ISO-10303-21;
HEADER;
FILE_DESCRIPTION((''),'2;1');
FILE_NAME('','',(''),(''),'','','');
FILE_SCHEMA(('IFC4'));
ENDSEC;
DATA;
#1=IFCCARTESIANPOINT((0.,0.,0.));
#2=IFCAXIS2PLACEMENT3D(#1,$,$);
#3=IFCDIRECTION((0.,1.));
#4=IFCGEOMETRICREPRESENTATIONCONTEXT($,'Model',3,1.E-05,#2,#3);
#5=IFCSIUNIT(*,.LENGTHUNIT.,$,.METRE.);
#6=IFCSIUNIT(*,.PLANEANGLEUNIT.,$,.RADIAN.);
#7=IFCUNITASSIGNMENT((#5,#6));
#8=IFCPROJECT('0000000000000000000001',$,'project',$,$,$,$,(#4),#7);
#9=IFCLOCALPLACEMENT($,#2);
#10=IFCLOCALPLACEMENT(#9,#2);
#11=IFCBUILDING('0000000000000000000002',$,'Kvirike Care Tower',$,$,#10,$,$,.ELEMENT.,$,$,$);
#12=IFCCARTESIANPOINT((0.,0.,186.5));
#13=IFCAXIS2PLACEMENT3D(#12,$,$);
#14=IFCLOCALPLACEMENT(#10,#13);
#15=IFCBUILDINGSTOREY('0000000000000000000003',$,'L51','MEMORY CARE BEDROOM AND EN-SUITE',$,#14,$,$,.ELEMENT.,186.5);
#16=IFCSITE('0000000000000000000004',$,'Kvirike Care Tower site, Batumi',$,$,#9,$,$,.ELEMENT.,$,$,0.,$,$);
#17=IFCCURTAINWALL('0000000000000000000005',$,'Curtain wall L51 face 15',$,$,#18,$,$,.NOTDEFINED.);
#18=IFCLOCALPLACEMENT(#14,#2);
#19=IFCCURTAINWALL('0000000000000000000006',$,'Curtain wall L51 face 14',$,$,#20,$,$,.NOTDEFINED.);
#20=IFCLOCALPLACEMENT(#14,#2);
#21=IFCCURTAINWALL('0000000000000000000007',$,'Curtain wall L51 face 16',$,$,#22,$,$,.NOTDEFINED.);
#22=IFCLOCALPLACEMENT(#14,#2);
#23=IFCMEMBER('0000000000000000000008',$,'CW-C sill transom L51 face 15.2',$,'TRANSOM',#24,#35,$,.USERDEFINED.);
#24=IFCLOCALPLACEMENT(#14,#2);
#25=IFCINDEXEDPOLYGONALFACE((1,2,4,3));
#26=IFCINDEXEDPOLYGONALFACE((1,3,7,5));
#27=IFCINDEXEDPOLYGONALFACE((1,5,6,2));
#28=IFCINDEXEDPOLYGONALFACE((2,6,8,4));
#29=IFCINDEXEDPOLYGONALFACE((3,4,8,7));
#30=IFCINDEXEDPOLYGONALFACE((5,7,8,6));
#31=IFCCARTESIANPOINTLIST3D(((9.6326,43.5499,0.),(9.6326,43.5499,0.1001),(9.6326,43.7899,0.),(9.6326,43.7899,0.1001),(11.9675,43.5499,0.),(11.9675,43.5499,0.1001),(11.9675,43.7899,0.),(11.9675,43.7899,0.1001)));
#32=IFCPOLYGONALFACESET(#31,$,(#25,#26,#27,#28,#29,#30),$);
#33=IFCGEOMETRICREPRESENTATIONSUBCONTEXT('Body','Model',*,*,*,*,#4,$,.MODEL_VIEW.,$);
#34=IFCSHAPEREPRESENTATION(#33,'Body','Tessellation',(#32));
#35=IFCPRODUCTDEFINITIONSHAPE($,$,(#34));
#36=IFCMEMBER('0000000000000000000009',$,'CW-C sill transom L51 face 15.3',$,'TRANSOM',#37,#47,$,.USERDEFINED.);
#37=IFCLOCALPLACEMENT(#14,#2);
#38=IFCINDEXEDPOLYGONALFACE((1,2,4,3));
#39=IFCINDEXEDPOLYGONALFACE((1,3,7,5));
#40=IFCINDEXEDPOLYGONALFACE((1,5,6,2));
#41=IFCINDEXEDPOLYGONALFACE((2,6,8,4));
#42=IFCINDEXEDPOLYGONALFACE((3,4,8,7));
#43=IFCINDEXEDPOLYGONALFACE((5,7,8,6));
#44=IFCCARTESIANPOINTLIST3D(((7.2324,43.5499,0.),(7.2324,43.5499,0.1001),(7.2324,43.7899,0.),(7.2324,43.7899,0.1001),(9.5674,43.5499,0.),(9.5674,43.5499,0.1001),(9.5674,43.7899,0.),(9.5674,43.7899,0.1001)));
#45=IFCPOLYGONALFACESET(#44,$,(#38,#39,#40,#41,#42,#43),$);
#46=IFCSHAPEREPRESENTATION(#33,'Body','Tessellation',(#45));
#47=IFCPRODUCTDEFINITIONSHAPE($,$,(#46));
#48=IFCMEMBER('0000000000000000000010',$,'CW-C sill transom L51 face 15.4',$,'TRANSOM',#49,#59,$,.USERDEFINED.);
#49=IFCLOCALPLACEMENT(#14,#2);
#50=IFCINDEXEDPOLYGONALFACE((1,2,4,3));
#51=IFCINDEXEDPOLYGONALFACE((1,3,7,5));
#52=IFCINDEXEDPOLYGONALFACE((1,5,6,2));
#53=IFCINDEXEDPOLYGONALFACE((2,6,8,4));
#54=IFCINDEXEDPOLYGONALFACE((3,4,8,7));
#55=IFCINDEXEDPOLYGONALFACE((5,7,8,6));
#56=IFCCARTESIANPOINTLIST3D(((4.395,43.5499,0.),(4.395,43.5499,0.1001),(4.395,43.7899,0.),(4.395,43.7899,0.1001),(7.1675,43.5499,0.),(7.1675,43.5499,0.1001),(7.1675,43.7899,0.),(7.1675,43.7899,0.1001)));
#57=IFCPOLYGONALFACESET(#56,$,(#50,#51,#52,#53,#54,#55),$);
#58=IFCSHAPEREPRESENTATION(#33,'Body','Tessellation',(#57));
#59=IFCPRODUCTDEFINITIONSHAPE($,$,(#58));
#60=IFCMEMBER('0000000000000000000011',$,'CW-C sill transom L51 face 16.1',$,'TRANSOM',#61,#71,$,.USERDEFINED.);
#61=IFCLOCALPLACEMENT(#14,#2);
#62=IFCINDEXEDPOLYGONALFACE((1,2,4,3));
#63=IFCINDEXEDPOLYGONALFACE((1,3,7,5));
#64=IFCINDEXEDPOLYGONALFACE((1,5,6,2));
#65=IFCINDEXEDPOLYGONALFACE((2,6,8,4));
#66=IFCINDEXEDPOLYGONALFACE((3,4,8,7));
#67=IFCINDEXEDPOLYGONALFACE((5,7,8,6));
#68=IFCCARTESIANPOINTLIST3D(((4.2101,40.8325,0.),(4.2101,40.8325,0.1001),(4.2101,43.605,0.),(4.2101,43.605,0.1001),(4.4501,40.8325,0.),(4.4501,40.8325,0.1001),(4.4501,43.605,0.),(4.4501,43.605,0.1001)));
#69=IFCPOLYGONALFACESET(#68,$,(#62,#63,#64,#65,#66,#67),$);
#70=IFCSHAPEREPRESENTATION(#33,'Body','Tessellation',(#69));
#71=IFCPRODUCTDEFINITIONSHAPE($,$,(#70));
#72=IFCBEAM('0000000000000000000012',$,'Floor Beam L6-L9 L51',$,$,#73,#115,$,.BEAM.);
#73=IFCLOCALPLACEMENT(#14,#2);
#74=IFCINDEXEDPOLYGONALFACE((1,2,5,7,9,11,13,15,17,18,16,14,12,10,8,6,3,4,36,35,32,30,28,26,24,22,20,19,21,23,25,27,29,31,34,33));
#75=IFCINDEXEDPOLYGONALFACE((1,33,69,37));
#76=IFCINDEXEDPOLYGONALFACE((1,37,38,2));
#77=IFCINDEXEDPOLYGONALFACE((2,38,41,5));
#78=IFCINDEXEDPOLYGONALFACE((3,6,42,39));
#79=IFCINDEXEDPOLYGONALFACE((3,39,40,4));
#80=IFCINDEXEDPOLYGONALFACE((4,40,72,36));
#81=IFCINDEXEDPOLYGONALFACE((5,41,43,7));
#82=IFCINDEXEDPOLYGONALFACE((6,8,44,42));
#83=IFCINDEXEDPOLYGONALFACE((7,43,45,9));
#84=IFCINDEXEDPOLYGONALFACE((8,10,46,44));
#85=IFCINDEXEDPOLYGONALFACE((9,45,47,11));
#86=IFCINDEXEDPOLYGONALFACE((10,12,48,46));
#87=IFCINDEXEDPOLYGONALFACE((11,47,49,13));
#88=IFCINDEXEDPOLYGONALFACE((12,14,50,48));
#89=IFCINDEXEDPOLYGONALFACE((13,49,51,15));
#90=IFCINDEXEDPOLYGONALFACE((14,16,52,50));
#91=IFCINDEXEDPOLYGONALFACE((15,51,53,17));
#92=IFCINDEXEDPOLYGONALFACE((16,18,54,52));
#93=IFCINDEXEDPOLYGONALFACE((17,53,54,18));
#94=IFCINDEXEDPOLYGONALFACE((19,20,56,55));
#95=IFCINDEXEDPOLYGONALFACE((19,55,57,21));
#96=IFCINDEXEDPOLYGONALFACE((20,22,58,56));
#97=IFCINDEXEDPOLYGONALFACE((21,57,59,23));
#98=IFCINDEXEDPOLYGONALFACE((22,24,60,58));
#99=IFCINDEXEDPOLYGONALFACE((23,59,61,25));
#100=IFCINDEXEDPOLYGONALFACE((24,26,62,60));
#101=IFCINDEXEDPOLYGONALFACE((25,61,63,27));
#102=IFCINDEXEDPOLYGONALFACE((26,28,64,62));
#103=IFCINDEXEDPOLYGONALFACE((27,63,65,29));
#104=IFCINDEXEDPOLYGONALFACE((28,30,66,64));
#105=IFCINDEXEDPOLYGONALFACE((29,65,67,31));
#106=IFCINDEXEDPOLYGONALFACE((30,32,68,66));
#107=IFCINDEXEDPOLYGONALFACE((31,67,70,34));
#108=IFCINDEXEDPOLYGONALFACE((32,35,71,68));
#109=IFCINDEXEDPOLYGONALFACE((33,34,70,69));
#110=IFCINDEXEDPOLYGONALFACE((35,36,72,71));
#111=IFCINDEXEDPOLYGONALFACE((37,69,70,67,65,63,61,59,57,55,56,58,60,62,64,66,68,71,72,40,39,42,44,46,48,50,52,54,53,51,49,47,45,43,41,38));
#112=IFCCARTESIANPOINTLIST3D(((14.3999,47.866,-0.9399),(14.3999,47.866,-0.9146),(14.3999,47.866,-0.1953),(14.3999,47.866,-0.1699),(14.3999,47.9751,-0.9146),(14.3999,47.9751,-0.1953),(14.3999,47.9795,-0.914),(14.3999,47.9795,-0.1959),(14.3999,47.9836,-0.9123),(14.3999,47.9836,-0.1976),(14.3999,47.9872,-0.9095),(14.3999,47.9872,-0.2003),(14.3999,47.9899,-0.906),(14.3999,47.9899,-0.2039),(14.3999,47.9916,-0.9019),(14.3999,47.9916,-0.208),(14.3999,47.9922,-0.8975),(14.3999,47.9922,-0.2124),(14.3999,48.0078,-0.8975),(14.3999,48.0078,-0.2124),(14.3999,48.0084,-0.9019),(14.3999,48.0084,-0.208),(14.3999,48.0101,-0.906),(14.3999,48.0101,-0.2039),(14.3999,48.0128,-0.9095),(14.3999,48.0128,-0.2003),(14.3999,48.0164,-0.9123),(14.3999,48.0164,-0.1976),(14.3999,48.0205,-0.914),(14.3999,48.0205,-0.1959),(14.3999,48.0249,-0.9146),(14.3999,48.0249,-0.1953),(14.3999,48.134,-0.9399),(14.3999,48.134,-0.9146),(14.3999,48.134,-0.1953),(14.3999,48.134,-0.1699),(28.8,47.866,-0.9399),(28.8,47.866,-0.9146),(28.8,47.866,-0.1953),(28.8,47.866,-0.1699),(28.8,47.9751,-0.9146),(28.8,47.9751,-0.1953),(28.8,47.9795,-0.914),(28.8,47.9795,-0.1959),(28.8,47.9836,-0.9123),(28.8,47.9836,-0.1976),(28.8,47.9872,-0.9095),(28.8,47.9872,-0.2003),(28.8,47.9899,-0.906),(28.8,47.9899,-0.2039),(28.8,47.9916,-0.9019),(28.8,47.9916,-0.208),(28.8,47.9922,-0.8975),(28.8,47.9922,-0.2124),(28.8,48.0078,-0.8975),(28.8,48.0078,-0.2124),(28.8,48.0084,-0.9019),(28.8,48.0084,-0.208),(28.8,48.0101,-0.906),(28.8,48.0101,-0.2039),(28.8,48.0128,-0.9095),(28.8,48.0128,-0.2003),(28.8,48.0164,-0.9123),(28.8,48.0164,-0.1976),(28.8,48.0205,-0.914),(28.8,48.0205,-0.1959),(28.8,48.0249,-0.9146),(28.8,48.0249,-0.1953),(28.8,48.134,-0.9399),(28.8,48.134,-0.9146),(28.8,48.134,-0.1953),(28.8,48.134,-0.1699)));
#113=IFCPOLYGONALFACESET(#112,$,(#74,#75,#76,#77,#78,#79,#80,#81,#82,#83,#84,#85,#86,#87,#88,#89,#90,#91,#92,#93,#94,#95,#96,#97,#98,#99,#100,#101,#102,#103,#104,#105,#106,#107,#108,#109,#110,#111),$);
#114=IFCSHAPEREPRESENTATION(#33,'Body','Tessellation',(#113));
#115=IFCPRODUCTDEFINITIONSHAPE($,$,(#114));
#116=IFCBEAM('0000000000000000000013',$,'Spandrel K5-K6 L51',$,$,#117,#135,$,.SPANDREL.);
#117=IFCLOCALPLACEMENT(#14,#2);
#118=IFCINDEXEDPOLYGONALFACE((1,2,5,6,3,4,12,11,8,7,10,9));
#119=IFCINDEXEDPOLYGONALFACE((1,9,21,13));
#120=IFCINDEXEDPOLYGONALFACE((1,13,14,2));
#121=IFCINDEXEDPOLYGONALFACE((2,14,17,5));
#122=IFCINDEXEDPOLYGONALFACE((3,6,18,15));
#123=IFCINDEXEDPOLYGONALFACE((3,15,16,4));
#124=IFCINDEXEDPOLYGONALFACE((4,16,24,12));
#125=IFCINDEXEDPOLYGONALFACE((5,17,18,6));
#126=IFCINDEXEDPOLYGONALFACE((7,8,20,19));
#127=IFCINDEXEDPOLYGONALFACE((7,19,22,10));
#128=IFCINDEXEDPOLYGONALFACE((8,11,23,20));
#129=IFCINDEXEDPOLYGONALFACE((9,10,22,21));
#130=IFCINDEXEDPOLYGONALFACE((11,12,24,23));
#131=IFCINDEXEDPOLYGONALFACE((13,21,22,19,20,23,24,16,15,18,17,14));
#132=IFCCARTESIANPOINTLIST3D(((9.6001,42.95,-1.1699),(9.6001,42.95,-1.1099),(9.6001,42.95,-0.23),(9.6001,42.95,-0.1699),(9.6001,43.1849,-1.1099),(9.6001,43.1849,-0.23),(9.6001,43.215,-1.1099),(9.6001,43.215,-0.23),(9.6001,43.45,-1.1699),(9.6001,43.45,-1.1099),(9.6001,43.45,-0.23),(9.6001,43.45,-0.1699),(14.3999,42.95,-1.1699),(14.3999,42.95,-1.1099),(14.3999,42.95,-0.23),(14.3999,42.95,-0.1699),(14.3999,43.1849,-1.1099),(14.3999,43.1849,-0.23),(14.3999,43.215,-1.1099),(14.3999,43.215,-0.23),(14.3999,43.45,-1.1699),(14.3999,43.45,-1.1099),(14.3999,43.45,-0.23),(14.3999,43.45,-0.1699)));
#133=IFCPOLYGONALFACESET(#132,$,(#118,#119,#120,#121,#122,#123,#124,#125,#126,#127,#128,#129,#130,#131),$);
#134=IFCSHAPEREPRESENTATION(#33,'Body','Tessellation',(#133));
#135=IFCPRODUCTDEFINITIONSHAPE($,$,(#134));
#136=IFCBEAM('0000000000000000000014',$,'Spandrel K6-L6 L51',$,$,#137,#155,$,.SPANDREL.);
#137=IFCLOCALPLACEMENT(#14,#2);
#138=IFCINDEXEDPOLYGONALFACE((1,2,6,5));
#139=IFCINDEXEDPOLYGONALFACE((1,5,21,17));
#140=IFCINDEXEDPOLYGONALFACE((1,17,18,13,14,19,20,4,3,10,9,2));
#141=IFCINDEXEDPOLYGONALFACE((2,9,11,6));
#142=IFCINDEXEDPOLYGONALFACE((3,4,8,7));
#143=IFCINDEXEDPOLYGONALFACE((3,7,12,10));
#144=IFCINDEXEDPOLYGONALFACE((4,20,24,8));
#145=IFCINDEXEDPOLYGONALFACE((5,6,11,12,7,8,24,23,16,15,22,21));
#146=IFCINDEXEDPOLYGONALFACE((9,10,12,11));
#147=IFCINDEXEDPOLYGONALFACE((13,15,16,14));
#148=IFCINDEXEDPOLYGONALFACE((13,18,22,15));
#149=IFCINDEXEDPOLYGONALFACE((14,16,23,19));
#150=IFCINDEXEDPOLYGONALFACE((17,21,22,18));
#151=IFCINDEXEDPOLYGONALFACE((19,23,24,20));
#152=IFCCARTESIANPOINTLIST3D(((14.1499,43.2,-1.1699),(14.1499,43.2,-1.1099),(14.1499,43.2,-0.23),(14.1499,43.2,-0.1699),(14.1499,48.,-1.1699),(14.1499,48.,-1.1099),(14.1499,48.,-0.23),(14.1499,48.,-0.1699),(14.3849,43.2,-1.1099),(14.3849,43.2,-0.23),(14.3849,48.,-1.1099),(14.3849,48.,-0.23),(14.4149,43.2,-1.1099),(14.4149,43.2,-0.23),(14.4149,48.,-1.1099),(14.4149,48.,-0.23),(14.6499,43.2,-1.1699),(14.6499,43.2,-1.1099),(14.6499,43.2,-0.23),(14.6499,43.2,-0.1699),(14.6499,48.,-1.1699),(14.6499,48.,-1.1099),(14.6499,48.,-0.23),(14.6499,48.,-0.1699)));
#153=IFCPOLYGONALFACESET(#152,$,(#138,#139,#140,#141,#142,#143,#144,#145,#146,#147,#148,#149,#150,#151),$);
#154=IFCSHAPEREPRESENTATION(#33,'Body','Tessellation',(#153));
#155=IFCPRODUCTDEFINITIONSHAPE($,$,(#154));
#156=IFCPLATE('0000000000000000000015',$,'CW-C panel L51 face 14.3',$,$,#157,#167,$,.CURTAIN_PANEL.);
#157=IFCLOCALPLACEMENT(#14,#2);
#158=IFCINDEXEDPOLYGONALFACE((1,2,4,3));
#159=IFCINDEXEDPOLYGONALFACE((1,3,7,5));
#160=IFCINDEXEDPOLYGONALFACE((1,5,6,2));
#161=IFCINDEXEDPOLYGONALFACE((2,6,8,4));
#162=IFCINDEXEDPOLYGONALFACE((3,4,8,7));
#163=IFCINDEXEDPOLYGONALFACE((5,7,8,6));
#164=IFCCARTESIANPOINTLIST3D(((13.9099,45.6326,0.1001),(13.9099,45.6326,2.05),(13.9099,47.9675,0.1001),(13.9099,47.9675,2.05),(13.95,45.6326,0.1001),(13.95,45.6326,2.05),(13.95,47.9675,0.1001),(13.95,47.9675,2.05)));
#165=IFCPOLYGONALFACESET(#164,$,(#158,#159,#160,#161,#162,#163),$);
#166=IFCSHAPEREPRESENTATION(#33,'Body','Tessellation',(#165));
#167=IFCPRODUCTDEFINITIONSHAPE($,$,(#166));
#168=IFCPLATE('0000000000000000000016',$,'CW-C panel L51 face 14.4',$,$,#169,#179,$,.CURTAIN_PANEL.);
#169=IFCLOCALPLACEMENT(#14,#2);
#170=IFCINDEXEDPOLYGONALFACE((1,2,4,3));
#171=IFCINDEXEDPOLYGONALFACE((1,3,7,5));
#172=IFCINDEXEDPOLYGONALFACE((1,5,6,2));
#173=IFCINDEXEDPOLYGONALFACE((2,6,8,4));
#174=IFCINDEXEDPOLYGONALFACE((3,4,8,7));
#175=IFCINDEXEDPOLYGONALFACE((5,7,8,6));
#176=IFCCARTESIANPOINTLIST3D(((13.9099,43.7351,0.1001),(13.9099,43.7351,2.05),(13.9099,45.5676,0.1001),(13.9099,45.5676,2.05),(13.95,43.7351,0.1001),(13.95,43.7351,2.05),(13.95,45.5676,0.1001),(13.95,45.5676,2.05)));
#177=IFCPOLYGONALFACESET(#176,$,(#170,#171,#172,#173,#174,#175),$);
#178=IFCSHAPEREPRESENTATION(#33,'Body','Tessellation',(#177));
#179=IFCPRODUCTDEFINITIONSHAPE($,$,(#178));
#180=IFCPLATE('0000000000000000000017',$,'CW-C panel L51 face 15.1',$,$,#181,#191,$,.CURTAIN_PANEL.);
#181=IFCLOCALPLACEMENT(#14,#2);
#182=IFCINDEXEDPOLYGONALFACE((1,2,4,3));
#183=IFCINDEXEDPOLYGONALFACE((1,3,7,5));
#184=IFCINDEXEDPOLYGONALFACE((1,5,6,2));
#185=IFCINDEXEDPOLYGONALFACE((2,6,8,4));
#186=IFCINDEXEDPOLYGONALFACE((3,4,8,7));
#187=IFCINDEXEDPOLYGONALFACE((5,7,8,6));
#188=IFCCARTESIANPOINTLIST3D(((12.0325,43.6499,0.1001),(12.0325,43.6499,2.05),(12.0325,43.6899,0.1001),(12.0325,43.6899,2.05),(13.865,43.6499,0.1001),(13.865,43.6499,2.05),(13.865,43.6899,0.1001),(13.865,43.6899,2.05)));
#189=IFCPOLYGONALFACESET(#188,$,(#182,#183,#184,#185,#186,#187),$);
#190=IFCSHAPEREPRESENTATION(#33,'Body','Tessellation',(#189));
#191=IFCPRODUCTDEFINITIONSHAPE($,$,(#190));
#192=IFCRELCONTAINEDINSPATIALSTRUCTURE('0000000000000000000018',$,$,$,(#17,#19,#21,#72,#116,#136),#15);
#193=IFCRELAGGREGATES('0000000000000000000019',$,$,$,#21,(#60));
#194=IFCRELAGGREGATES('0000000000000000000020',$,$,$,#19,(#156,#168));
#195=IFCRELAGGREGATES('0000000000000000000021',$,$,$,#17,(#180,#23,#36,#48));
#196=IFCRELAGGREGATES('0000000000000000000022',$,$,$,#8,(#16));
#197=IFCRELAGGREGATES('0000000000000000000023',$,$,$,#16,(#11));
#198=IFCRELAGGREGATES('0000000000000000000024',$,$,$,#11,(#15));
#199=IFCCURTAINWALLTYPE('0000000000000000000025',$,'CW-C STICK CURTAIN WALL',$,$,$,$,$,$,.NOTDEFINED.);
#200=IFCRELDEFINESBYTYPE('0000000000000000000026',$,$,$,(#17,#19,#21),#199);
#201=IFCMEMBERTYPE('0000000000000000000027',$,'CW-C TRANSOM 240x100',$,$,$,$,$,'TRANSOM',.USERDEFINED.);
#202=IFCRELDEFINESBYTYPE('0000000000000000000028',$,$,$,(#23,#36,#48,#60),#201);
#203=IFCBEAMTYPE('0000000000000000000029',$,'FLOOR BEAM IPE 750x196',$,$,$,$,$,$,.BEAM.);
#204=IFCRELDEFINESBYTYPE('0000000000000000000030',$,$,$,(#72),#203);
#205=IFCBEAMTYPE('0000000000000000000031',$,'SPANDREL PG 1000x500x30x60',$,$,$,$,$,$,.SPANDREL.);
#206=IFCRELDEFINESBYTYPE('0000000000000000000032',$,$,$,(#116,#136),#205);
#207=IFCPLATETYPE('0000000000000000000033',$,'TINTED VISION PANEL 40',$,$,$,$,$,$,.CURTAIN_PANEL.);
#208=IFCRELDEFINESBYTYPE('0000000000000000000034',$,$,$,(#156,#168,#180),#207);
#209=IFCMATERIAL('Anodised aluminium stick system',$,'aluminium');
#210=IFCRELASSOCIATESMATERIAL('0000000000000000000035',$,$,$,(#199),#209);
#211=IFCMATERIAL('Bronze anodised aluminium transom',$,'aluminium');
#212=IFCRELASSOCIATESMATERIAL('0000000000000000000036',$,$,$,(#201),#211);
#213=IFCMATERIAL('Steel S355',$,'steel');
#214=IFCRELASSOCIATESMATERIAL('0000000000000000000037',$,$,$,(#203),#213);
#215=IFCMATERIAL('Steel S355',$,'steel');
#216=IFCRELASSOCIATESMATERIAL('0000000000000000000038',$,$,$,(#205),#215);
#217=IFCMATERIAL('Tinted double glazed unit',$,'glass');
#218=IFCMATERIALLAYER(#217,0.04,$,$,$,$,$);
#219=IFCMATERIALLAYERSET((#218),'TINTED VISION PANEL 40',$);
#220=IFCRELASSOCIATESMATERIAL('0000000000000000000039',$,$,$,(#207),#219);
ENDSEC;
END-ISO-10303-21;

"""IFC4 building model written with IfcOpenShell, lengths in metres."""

from ifc_helpers import new_model, si_unit, direction, frame, origin, origin_2d, place, context, subcontext, project, spatial, rectangle, i_section, extrude, material, layer, layer_set, material_profile, profile_set, type_object, element, aggregate, save


model = new_model("IFC4")

# Units and contexts
model_context = context("Model", 3, precision=1e-05, world=origin(), true_north=direction((0.0, 1.0)))
body_context = subcontext(model_context, "Body", "Model", "MODEL_VIEW")
ifc_project = project(units=[si_unit("LENGTHUNIT", "METRE"), si_unit("PLANEANGLEUNIT", "RADIAN")], contexts=[model_context])

# Site, building, storey
site_placement = place(None, origin())
site = spatial("IfcSite", under=ifc_project, at=site_placement, Name="Kvirike Care Tower site, Batumi", CompositionType="ELEMENT", RefElevation=0.0)
building_placement = place(site_placement, origin())
building = spatial("IfcBuilding", under=site, at=building_placement, Name="Kvirike Care Tower", CompositionType="ELEMENT")
storey_placement = place(building_placement, frame((0.0, 0.0, 186.5)))
storey = spatial("IfcBuildingStorey", under=building, at=storey_placement, Name="L51", Description="MEMORY CARE BEDROOM AND EN-SUITE", CompositionType="ELEMENT", Elevation=186.5)

# Curtain wall
ifc_material_1 = material(Name="Anodised aluminium stick system", Category="aluminium")
curtain_wall_type = type_object("IfcCurtainWallType", Name="CW-C STICK CURTAIN WALL", PredefinedType="NOTDEFINED", material=ifc_material_1)
curtain_wall_1_placement = place(storey_placement, origin())
curtain_wall_1 = element("IfcCurtainWall", 1, at=curtain_wall_1_placement, inside=storey, type_object=curtain_wall_type, Name="Curtain wall L51 face 15", PredefinedType="NOTDEFINED")

# Curtain wall
curtain_wall_2_placement = place(storey_placement, origin())
curtain_wall_2 = element("IfcCurtainWall", 2, at=curtain_wall_2_placement, inside=storey, type_object=curtain_wall_type, Name="Curtain wall L51 face 14", PredefinedType="NOTDEFINED")

# Curtain wall
curtain_wall_3_placement = place(storey_placement, origin())
curtain_wall_3 = element("IfcCurtainWall", 3, at=curtain_wall_3_placement, inside=storey, type_object=curtain_wall_type, Name="Curtain wall L51 face 16", PredefinedType="NOTDEFINED")

# Members
ifc_material_2 = material(Name="Bronze anodised aluminium transom", Category="aluminium")
ifc_material_profile_1 = material_profile(ifc_material_2, rectangle(XDim=0.24, YDim=0.1001, at=origin_2d()), Name="CW-C TRANSOM 240x100")
ifc_profile_set_1 = profile_set([ifc_material_profile_1], Name="Bronze anodised aluminium transom")
member_type_1 = type_object("IfcMemberType", Name="CW-C TRANSOM 240x100", ElementType="TRANSOM", PredefinedType="USERDEFINED", material=ifc_profile_set_1)
member_1_placement = place(storey_placement, frame((11.9675, 43.6699, 0.05), z_axis=(-1.0, 0.0, 0.0), x_axis=(0.0, -1.0, 0.0)))
member_1 = element("IfcMember", 4, at=member_1_placement, type_object=member_type_1, Name="CW-C sill transom L51 face 15.2", ObjectType="TRANSOM", PredefinedType="USERDEFINED", context=body_context, shape_type="SweptSolid", body=[
    extrude(rectangle(XDim=0.24, YDim=0.1001, at=origin_2d()), origin(), (0.0, 0.0, 1.0), 2.335),
])
member_2_placement = place(storey_placement, frame((9.5674, 43.6699, 0.05), z_axis=(-1.0, 0.0, 0.0), x_axis=(0.0, -1.0, 0.0)))
member_2 = element("IfcMember", 5, at=member_2_placement, type_object=member_type_1, Name="CW-C sill transom L51 face 15.3", ObjectType="TRANSOM", PredefinedType="USERDEFINED", context=body_context, shape_type="SweptSolid", body=[
    extrude(rectangle(XDim=0.24, YDim=0.1001, at=origin_2d()), origin(), (0.0, 0.0, 1.0), 2.335),
])
member_3_placement = place(storey_placement, frame((7.1675, 43.6699, 0.05), z_axis=(-1.0, 0.0, 0.0), x_axis=(0.0, -1.0, 0.0)))
member_3 = element("IfcMember", 6, at=member_3_placement, type_object=member_type_1, Name="CW-C sill transom L51 face 15.4", ObjectType="TRANSOM", PredefinedType="USERDEFINED", context=body_context, shape_type="SweptSolid", body=[
    extrude(rectangle(XDim=0.24, YDim=0.1001, at=origin_2d()), origin(), (0.0, 0.0, 1.0), 2.7725),
])
member_4_placement = place(storey_placement, frame((4.3301, 43.605, 0.05), z_axis=(0.0, -1.0, 0.0), x_axis=(1.0, 0.0, 0.0)))
member_4 = element("IfcMember", 7, at=member_4_placement, type_object=member_type_1, Name="CW-C sill transom L51 face 16.1", ObjectType="TRANSOM", PredefinedType="USERDEFINED", context=body_context, shape_type="SweptSolid", body=[
    extrude(rectangle(XDim=0.24, YDim=0.1001, at=origin_2d()), origin(), (0.0, 0.0, 1.0), 2.7725),
])
aggregate(curtain_wall_3, [member_4])

# Beams
ifc_material_3 = material(Name="Steel S355", Category="steel")
ifc_material_profile_2 = material_profile(ifc_material_3, i_section(OverallWidth=0.2681, OverallDepth=0.77, WebThickness=0.0156, FlangeThickness=0.0254, FilletRadius=0.0171, at=origin_2d()), Name="IPE 750x196")
ifc_profile_set_2 = profile_set([ifc_material_profile_2], Name="Steel S355")
beam_type_1 = type_object("IfcBeamType", Name="FLOOR BEAM IPE 750x196", PredefinedType="BEAM", material=ifc_profile_set_2)
beam_1_placement = place(storey_placement, frame((14.3999, 48.0, -0.5549), z_axis=(1.0, 0.0, 0.0), x_axis=(0.0, 1.0, 0.0)))
element("IfcBeam", 8, at=beam_1_placement, inside=storey, type_object=beam_type_1, Name="Floor Beam L6-L9 L51", PredefinedType="BEAM", context=body_context, shape_type="SweptSolid", body=[
    extrude(i_section(OverallWidth=0.2681, OverallDepth=0.77, WebThickness=0.0156, FlangeThickness=0.0254, FilletRadius=0.0171, at=origin_2d()), origin(), (0.0, 0.0, 1.0), 14.4001),
])
ifc_material_4 = material(Name="Steel S355", Category="steel")
ifc_material_profile_3 = material_profile(ifc_material_4, i_section(OverallWidth=0.5, OverallDepth=1.0, WebThickness=0.03, FlangeThickness=0.0601, at=origin_2d()), Name="PG 1000x500x30x60")
ifc_profile_set_3 = profile_set([ifc_material_profile_3], Name="Steel S355")
beam_type_2 = type_object("IfcBeamType", Name="SPANDREL PG 1000x500x30x60", PredefinedType="SPANDREL", material=ifc_profile_set_3)
beam_2_placement = place(storey_placement, frame((9.6001, 43.2, -0.6699), z_axis=(1.0, 0.0, 0.0), x_axis=(0.0, 1.0, 0.0)))
element("IfcBeam", 9, at=beam_2_placement, inside=storey, type_object=beam_type_2, Name="Spandrel K5-K6 L51", PredefinedType="SPANDREL", context=body_context, shape_type="SweptSolid", body=[
    extrude(i_section(OverallWidth=0.5, OverallDepth=1.0, WebThickness=0.03, FlangeThickness=0.0601, at=origin_2d()), origin(), (0.0, 0.0, 1.0), 4.7998),
])
beam_3_placement = place(storey_placement, frame((14.3999, 43.2, -0.6699), z_axis=(0.0, 1.0, 0.0), x_axis=(-1.0, 0.0, 0.0)))
element("IfcBeam", 10, at=beam_3_placement, inside=storey, type_object=beam_type_2, Name="Spandrel K6-L6 L51", PredefinedType="SPANDREL", context=body_context, shape_type="SweptSolid", body=[
    extrude(i_section(OverallWidth=0.5, OverallDepth=1.0, WebThickness=0.03, FlangeThickness=0.0601, at=origin_2d()), origin(), (0.0, 0.0, 1.0), 4.8),
])

# Plates
ifc_material_5 = material(Name="Tinted double glazed unit", Category="glass")
ifc_layer_1 = layer(ifc_material_5, 0.04)
ifc_layer_set_1 = layer_set([ifc_layer_1], Name="TINTED VISION PANEL 40")
plate_type = type_object("IfcPlateType", Name="TINTED VISION PANEL 40", PredefinedType="CURTAIN_PANEL", material=ifc_layer_set_1)
plate_1_placement = place(storey_placement, frame((13.9299, 46.8, 0.1001), z_axis=(0.0, 0.0, 1.0), x_axis=(0.0, -1.0, 0.0)))
plate_1 = element("IfcPlate", 11, at=plate_1_placement, type_object=plate_type, Name="CW-C panel L51 face 14.3", PredefinedType="CURTAIN_PANEL", context=body_context, shape_type="SweptSolid", body=[
    extrude(rectangle(XDim=2.335, YDim=0.04, at=origin_2d()), origin(), (0.0, 0.0, 1.0), 1.95),
])
plate_2_placement = place(storey_placement, frame((13.9299, 44.6514, 0.1001), z_axis=(0.0, 0.0, 1.0), x_axis=(0.0, -1.0, 0.0)))
plate_2 = element("IfcPlate", 12, at=plate_2_placement, type_object=plate_type, Name="CW-C panel L51 face 14.4", PredefinedType="CURTAIN_PANEL", context=body_context, shape_type="SweptSolid", body=[
    extrude(rectangle(XDim=1.8325, YDim=0.04, at=origin_2d()), origin(), (0.0, 0.0, 1.0), 1.95),
])
aggregate(curtain_wall_2, [plate_1, plate_2])
plate_3_placement = place(storey_placement, frame((12.9487, 43.6699, 0.1001), z_axis=(0.0, 0.0, 1.0), x_axis=(-1.0, 0.0, 0.0)))
plate_3 = element("IfcPlate", 13, at=plate_3_placement, type_object=plate_type, Name="CW-C panel L51 face 15.1", PredefinedType="CURTAIN_PANEL", context=body_context, shape_type="SweptSolid", body=[
    extrude(rectangle(XDim=1.8325, YDim=0.04, at=origin_2d()), origin(), (0.0, 0.0, 1.0), 1.95),
])
aggregate(curtain_wall_1, [plate_3, member_1, member_2, member_3])

save(model, "model.ifc")
